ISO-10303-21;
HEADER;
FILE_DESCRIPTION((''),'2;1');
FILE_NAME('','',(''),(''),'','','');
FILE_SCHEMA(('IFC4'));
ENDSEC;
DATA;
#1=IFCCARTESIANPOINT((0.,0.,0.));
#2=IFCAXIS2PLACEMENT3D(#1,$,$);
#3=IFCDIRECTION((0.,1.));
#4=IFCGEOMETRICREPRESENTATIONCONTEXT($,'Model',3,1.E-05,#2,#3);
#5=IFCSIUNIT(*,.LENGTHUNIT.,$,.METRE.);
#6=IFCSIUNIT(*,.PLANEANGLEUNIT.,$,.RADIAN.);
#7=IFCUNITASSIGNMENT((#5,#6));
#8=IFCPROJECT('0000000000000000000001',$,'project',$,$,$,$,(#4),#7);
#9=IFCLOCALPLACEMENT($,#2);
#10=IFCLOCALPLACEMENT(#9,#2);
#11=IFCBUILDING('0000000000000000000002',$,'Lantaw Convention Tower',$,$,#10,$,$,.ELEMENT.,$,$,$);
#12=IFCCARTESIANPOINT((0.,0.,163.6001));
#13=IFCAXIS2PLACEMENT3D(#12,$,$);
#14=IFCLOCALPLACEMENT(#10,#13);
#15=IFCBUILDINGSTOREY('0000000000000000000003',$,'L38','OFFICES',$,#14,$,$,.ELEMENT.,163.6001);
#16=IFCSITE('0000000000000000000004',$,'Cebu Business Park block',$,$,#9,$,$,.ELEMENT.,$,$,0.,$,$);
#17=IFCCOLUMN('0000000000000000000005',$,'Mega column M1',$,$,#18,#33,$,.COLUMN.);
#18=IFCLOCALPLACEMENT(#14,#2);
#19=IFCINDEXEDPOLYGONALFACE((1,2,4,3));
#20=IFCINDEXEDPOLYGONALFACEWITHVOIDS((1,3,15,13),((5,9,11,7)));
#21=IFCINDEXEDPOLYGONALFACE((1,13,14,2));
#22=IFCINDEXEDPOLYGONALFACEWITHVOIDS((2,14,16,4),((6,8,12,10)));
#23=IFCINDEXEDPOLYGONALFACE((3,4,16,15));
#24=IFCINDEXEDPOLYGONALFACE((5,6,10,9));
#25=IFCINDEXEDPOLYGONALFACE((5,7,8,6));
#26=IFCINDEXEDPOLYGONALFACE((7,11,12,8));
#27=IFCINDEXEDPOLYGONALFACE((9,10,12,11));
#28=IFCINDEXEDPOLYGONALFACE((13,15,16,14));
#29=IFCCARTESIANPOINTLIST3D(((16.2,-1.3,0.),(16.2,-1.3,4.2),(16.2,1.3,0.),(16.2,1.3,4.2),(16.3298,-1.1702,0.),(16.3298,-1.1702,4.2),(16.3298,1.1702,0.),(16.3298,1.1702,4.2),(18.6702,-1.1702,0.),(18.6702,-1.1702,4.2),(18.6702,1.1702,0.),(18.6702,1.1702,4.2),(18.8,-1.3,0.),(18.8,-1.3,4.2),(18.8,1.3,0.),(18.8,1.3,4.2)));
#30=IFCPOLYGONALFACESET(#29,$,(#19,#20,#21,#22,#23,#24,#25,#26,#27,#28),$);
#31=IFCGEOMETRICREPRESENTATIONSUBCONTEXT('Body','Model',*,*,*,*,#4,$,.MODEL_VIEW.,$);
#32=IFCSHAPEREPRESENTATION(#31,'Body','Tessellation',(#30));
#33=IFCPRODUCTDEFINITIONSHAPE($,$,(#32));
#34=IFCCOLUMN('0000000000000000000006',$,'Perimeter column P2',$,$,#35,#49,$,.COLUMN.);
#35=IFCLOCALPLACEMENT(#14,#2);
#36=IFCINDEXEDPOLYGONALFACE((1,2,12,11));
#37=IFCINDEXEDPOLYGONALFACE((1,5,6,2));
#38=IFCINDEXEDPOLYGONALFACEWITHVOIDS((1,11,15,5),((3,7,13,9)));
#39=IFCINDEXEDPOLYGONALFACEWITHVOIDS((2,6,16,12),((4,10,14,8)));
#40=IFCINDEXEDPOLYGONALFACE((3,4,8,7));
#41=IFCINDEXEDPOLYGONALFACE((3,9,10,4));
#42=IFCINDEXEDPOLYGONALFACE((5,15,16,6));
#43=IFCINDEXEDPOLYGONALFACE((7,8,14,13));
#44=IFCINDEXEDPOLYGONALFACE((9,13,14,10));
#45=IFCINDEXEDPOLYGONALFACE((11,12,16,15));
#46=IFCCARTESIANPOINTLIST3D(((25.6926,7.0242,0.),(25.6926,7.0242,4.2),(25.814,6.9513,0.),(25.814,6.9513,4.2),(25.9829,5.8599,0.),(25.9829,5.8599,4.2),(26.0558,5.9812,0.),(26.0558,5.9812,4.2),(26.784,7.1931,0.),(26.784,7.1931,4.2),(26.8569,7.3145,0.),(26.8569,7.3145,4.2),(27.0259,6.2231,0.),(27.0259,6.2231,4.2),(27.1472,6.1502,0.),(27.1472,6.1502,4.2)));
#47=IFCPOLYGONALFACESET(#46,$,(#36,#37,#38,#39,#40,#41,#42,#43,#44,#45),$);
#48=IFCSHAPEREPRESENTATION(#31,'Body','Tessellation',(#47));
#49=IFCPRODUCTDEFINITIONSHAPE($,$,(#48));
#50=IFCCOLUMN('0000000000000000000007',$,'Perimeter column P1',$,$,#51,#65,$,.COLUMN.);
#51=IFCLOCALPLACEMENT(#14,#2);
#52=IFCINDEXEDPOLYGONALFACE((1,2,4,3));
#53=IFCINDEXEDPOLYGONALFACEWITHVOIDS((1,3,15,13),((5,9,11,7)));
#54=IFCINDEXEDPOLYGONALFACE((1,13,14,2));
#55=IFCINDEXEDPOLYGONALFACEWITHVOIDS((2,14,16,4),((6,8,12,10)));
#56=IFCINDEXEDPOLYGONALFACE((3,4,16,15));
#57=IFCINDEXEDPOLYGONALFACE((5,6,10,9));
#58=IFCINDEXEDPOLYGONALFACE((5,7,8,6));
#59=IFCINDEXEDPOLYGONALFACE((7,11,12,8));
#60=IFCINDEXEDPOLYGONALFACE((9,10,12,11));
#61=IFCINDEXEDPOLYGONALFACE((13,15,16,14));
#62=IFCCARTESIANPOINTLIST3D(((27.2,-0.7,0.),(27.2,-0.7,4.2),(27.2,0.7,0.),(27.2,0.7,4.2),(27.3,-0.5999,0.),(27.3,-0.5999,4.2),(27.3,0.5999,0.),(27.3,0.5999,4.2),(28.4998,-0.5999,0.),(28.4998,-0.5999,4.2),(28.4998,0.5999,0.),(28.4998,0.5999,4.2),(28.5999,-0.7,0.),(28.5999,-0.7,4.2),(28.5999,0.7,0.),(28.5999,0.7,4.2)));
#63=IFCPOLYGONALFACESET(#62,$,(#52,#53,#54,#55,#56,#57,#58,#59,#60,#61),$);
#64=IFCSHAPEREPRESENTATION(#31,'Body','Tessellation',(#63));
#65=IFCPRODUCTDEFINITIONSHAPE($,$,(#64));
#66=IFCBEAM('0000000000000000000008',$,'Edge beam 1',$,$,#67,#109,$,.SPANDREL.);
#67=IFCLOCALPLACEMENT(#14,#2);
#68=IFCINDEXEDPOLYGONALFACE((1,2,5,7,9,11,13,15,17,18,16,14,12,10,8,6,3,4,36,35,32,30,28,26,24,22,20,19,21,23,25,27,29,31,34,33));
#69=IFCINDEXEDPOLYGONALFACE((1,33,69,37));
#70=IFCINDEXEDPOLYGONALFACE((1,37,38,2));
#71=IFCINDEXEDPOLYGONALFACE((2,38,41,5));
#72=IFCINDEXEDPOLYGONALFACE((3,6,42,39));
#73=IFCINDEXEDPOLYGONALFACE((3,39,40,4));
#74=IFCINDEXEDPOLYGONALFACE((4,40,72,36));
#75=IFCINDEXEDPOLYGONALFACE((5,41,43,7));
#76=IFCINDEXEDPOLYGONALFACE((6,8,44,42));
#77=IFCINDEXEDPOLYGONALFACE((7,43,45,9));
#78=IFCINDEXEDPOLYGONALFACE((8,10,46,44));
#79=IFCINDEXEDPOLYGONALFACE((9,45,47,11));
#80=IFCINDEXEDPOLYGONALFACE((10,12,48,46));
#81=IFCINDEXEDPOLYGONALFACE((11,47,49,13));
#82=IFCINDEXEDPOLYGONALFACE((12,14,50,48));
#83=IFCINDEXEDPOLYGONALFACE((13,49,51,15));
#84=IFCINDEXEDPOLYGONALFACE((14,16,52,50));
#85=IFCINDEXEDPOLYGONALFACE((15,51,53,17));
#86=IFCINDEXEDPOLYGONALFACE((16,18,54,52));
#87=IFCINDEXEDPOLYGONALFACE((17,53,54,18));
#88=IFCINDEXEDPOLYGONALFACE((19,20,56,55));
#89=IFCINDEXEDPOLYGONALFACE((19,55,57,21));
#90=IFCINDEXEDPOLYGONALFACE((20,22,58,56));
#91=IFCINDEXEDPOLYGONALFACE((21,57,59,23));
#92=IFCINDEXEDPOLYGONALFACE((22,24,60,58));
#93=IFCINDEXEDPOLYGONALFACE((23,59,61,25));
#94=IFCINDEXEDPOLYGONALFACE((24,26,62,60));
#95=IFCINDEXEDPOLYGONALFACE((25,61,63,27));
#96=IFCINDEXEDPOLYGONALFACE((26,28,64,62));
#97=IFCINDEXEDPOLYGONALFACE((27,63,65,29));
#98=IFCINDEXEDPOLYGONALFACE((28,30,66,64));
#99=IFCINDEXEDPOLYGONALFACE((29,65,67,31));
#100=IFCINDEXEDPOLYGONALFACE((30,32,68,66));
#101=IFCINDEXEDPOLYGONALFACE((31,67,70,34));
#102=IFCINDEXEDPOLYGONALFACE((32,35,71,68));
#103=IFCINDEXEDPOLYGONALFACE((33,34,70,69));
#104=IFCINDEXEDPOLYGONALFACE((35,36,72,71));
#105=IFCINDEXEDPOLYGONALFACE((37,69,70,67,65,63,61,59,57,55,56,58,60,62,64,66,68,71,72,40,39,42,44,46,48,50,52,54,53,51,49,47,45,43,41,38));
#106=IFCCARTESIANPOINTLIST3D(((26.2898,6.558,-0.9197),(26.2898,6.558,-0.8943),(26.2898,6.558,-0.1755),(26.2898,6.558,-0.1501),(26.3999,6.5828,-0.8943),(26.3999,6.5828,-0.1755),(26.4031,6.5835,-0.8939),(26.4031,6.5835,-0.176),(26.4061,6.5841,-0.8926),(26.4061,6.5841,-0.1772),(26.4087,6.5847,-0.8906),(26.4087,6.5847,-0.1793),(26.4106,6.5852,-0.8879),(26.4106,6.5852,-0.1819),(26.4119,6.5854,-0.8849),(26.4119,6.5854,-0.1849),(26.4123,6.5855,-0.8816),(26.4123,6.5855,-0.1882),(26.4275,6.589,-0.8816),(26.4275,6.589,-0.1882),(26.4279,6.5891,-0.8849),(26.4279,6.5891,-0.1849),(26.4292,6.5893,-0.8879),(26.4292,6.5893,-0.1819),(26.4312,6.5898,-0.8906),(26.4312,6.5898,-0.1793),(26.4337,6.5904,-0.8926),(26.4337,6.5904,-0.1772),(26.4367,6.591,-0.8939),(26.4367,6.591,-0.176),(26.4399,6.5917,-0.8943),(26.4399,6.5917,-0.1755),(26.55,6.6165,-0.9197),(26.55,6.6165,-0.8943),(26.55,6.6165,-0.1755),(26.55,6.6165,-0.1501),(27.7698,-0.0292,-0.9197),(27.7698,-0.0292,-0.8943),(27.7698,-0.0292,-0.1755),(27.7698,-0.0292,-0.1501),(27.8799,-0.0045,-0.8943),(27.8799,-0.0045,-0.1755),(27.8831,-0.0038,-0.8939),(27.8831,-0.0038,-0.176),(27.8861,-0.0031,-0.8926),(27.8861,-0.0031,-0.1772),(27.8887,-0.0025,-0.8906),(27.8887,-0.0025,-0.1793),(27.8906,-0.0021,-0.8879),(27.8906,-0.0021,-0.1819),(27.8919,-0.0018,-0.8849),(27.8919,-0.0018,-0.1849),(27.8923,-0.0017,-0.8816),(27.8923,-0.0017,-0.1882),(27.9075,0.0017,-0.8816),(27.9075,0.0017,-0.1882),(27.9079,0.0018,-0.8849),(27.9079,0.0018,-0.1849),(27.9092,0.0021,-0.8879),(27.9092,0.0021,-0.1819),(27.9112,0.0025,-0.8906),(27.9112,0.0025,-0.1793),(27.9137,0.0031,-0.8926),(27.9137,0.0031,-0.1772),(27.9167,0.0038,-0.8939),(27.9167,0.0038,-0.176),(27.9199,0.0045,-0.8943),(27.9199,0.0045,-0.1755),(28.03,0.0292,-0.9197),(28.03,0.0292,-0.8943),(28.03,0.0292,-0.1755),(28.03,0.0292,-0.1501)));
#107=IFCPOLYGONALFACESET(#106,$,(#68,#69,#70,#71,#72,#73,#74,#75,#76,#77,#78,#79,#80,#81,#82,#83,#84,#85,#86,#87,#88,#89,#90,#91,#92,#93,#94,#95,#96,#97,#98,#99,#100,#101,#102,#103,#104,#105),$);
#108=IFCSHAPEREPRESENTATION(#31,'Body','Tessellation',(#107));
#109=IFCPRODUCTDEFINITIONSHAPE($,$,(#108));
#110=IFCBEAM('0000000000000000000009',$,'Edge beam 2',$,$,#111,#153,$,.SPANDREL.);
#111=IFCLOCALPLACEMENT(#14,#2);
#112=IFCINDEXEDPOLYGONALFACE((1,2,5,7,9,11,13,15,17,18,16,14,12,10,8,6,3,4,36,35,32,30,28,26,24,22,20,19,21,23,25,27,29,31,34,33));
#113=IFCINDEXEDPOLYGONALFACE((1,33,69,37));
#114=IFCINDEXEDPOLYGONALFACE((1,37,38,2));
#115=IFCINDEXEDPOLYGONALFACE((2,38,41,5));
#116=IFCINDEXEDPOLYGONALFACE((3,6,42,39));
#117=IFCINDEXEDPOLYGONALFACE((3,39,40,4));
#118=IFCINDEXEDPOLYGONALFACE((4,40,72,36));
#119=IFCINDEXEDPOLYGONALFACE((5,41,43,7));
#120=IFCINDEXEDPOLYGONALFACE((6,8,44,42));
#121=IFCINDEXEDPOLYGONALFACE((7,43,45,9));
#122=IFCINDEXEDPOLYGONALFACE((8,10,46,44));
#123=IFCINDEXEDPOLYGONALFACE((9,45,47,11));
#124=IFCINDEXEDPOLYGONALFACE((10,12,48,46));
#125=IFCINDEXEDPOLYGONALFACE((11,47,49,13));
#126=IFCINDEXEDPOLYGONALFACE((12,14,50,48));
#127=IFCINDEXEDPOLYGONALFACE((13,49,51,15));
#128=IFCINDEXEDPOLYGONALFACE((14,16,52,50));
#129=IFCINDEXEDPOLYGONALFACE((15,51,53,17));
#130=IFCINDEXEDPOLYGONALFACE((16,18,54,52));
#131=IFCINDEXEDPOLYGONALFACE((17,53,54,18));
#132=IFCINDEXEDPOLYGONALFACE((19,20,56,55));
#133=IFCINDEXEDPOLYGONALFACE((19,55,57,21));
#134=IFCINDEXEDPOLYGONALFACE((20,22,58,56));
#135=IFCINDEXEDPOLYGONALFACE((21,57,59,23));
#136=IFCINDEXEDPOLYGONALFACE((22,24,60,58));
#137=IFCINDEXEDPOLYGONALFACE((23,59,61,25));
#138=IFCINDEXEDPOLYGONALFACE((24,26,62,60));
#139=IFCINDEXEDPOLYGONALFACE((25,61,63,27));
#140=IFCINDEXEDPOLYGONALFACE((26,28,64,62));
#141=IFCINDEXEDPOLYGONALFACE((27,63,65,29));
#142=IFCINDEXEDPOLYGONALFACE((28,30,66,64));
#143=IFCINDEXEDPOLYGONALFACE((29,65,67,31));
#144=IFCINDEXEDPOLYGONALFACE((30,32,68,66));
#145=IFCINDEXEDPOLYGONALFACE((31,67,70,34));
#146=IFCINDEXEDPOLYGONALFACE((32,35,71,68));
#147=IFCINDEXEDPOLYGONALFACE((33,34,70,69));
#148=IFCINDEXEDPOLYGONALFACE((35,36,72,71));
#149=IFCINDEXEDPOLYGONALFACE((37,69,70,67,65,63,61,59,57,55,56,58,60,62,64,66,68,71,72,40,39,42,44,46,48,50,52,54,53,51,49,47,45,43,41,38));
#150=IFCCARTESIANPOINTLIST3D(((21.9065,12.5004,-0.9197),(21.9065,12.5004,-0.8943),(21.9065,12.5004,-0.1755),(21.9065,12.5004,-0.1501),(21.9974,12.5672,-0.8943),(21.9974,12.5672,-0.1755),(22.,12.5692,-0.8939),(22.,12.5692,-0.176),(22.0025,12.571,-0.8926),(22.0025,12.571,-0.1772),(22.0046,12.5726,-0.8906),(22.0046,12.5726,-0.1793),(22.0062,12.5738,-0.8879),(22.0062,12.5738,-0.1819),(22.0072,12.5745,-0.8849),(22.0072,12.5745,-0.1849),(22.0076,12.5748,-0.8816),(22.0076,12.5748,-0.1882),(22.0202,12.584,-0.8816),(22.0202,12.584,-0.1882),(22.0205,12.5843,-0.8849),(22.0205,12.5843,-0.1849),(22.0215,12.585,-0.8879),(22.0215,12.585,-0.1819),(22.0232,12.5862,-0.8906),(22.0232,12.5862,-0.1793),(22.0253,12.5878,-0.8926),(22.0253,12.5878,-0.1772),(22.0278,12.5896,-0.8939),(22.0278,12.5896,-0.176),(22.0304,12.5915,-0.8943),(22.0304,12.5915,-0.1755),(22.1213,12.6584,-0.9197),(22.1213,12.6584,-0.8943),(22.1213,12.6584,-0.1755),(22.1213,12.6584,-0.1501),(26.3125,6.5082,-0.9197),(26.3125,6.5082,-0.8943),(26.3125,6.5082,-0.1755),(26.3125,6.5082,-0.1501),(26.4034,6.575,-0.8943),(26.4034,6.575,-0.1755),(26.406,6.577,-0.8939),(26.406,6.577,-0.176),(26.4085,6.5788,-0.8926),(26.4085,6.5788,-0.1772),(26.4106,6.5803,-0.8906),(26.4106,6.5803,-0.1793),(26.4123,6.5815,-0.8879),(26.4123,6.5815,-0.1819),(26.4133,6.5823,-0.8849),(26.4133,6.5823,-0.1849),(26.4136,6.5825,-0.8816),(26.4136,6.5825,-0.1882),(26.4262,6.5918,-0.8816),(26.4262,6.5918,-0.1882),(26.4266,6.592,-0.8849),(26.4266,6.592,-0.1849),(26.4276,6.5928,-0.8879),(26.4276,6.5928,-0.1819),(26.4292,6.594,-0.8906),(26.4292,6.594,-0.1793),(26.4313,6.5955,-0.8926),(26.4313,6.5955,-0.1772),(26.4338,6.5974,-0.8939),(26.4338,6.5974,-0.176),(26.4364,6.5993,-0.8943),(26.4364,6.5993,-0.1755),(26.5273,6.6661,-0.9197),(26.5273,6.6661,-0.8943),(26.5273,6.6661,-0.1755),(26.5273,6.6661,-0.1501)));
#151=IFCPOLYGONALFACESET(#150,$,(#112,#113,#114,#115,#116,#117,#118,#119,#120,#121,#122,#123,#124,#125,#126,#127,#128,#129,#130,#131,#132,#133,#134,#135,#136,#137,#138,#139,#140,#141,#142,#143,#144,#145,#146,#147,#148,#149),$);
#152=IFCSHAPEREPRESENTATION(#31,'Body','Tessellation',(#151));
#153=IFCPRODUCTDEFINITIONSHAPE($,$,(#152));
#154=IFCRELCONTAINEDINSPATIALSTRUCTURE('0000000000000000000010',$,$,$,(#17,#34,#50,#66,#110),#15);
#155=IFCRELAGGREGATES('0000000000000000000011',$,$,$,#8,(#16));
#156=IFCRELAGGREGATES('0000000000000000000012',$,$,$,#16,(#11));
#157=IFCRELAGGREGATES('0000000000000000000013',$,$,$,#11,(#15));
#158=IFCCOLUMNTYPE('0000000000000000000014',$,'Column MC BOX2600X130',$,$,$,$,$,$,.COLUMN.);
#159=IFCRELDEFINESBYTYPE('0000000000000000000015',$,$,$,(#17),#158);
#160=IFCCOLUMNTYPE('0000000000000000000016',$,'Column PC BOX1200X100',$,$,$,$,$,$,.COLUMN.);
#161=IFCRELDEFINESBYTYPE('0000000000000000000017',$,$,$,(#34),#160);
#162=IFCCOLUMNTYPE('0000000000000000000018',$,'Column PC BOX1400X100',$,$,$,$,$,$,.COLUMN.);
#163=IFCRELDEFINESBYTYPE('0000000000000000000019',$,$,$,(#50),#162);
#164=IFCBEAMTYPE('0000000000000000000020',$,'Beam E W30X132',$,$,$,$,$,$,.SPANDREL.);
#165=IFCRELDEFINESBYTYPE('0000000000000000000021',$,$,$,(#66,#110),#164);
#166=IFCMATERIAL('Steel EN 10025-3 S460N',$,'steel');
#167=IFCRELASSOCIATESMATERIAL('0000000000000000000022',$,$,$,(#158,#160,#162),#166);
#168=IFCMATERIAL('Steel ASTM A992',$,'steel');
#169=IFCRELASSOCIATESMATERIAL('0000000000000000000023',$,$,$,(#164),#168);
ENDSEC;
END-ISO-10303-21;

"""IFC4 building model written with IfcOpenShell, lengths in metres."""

from ifc_helpers import new_model, si_unit, direction, frame, origin, origin_2d, place, context, subcontext, project, spatial, rectangle, hollow_rectangle, i_section, extrude, material, material_profile, profile_set, type_object, element, save


model = new_model("IFC4")

# Units and contexts
model_context = context("Model", 3, precision=1e-05, world=origin(), true_north=direction((0.0, 1.0)))
body_context = subcontext(model_context, "Body", "Model", "MODEL_VIEW")
ifc_project = project(units=[si_unit("LENGTHUNIT", "METRE"), si_unit("PLANEANGLEUNIT", "RADIAN")], contexts=[model_context])

# Site, building, storey
site_placement = place(None, origin())
site = spatial("IfcSite", under=ifc_project, at=site_placement, Name="Cebu Business Park block", CompositionType="ELEMENT", RefElevation=0.0)
building_placement = place(site_placement, origin())
building = spatial("IfcBuilding", under=site, at=building_placement, Name="Lantaw Convention Tower", CompositionType="ELEMENT")
storey_placement = place(building_placement, frame((0.0, 0.0, 163.6001)))
storey = spatial("IfcBuildingStorey", under=building, at=storey_placement, Name="L38", Description="OFFICES", CompositionType="ELEMENT", Elevation=163.6001)

# Columns
ifc_material_1 = material(Name="Steel EN 10025-3 S460N", Category="steel")
ifc_material_profile_1 = material_profile(ifc_material_1, hollow_rectangle(XDim=2.6001, YDim=2.6001, WallThickness=0.1299, at=origin_2d()), Name="BOX2600X130")
ifc_material_2 = material(Name="Concrete C60/75", Category="concrete")
ifc_material_profile_2 = material_profile(ifc_material_2, rectangle(XDim=2.3401, YDim=2.3401, at=origin_2d()), Name="Concrete fill of BOX2600X130")
ifc_profile_set_1 = profile_set([ifc_material_profile_1, ifc_material_profile_2], Name="Steel EN 10025-3 S460N")
column_type_1 = type_object("IfcColumnType", Name="Column MC BOX2600X130", PredefinedType="COLUMN", material=ifc_profile_set_1)
column_1_placement = place(storey_placement, frame((17.5, 0.0, 0.0), z_axis=(0.0, 0.0, 1.0), x_axis=(1.0, 0.0, 0.0)))
element("IfcColumn", 1, at=column_1_placement, inside=storey, type_object=column_type_1, Name="Mega column M1", PredefinedType="COLUMN", context=body_context, shape_type="SweptSolid", body=[
    extrude(hollow_rectangle(XDim=2.6001, YDim=2.6001, WallThickness=0.1299, at=origin_2d()), origin(), (0.0, 0.0, 1.0), 4.2),
])
ifc_material_profile_3 = material_profile(ifc_material_1, hollow_rectangle(XDim=1.2, YDim=1.2, WallThickness=0.1001, at=origin_2d()), Name="BOX1200X100")
ifc_material_profile_4 = material_profile(ifc_material_2, rectangle(XDim=1.0, YDim=1.0, at=origin_2d()), Name="Concrete fill of BOX1200X100")
ifc_profile_set_2 = profile_set([ifc_material_profile_3, ifc_material_profile_4], Name="Steel EN 10025-3 S460N")
column_type_2 = type_object("IfcColumnType", Name="Column PC BOX1200X100", PredefinedType="COLUMN", material=ifc_profile_set_2)
column_2_placement = place(storey_placement, frame((26.4199, 6.5872, 0.0), z_axis=(0.0, 0.0, 1.0), x_axis=(0.970296, 0.241922, 0.0)))
element("IfcColumn", 2, at=column_2_placement, inside=storey, type_object=column_type_2, Name="Perimeter column P2", PredefinedType="COLUMN", context=body_context, shape_type="SweptSolid", body=[
    extrude(hollow_rectangle(XDim=1.2, YDim=1.2, WallThickness=0.1001, at=origin_2d()), origin(), (0.0, 0.0, 1.0), 4.2),
])
ifc_material_profile_5 = material_profile(ifc_material_1, hollow_rectangle(XDim=1.3999, YDim=1.3999, WallThickness=0.1001, at=origin_2d()), Name="BOX1400X100")
ifc_material_profile_6 = material_profile(ifc_material_2, rectangle(XDim=1.2, YDim=1.2, at=origin_2d()), Name="Concrete fill of BOX1400X100")
ifc_profile_set_3 = profile_set([ifc_material_profile_5, ifc_material_profile_6], Name="Steel EN 10025-3 S460N")
column_type_3 = type_object("IfcColumnType", Name="Column PC BOX1400X100", PredefinedType="COLUMN", material=ifc_profile_set_3)
column_3_placement = place(storey_placement, frame((27.8999, 0.0, 0.0), z_axis=(0.0, 0.0, 1.0), x_axis=(1.0, 0.0, 0.0)))
element("IfcColumn", 3, at=column_3_placement, inside=storey, type_object=column_type_3, Name="Perimeter column P1", PredefinedType="COLUMN", context=body_context, shape_type="SweptSolid", body=[
    extrude(hollow_rectangle(XDim=1.3999, YDim=1.3999, WallThickness=0.1001, at=origin_2d()), origin(), (0.0, 0.0, 1.0), 4.2),
])

# Beams
ifc_material_3 = material(Name="Steel ASTM A992", Category="steel")
ifc_material_profile_7 = material_profile(ifc_material_3, i_section(OverallWidth=0.2666, OverallDepth=0.7695, WebThickness=0.0156, FlangeThickness=0.0254, FilletRadius=0.0127, at=origin_2d()), Name="W30X132")
ifc_profile_set_4 = profile_set([ifc_material_profile_7], Name="Steel ASTM A992")
beam_type_1 = type_object("IfcBeamType", Name="Beam E W30X132", PredefinedType="SPANDREL", material=ifc_profile_set_4)
beam_1_placement = place(storey_placement, frame((27.8999, 0.0, -0.5349), z_axis=(-0.219212, 0.975677, 0.0), x_axis=(-0.975677, -0.219212, 0.0)))
element("IfcBeam", 4, at=beam_1_placement, inside=storey, type_object=beam_type_1, Name="Edge beam 1", PredefinedType="SPANDREL", context=body_context, shape_type="SweptSolid", body=[
    extrude(i_section(OverallWidth=0.2666, OverallDepth=0.7695, WebThickness=0.0156, FlangeThickness=0.0254, FilletRadius=0.0127, at=origin_2d()), origin(), (0.0, 0.0, 1.0), 6.7515),
])
beam_2_placement = place(storey_placement, frame((26.4199, 6.5872, -0.5349), z_axis=(-0.592389, 0.805652, 0.0), x_axis=(-0.805652, -0.592389, 0.0)))
element("IfcBeam", 5, at=beam_2_placement, inside=storey, type_object=beam_type_1, Name="Edge beam 2", PredefinedType="SPANDREL", context=body_context, shape_type="SweptSolid", body=[
    extrude(i_section(OverallWidth=0.2666, OverallDepth=0.7695, WebThickness=0.0156, FlangeThickness=0.0254, FilletRadius=0.0127, at=origin_2d()), origin(), (0.0, 0.0, 1.0), 7.4377),
])

save(model, "model.ifc")
